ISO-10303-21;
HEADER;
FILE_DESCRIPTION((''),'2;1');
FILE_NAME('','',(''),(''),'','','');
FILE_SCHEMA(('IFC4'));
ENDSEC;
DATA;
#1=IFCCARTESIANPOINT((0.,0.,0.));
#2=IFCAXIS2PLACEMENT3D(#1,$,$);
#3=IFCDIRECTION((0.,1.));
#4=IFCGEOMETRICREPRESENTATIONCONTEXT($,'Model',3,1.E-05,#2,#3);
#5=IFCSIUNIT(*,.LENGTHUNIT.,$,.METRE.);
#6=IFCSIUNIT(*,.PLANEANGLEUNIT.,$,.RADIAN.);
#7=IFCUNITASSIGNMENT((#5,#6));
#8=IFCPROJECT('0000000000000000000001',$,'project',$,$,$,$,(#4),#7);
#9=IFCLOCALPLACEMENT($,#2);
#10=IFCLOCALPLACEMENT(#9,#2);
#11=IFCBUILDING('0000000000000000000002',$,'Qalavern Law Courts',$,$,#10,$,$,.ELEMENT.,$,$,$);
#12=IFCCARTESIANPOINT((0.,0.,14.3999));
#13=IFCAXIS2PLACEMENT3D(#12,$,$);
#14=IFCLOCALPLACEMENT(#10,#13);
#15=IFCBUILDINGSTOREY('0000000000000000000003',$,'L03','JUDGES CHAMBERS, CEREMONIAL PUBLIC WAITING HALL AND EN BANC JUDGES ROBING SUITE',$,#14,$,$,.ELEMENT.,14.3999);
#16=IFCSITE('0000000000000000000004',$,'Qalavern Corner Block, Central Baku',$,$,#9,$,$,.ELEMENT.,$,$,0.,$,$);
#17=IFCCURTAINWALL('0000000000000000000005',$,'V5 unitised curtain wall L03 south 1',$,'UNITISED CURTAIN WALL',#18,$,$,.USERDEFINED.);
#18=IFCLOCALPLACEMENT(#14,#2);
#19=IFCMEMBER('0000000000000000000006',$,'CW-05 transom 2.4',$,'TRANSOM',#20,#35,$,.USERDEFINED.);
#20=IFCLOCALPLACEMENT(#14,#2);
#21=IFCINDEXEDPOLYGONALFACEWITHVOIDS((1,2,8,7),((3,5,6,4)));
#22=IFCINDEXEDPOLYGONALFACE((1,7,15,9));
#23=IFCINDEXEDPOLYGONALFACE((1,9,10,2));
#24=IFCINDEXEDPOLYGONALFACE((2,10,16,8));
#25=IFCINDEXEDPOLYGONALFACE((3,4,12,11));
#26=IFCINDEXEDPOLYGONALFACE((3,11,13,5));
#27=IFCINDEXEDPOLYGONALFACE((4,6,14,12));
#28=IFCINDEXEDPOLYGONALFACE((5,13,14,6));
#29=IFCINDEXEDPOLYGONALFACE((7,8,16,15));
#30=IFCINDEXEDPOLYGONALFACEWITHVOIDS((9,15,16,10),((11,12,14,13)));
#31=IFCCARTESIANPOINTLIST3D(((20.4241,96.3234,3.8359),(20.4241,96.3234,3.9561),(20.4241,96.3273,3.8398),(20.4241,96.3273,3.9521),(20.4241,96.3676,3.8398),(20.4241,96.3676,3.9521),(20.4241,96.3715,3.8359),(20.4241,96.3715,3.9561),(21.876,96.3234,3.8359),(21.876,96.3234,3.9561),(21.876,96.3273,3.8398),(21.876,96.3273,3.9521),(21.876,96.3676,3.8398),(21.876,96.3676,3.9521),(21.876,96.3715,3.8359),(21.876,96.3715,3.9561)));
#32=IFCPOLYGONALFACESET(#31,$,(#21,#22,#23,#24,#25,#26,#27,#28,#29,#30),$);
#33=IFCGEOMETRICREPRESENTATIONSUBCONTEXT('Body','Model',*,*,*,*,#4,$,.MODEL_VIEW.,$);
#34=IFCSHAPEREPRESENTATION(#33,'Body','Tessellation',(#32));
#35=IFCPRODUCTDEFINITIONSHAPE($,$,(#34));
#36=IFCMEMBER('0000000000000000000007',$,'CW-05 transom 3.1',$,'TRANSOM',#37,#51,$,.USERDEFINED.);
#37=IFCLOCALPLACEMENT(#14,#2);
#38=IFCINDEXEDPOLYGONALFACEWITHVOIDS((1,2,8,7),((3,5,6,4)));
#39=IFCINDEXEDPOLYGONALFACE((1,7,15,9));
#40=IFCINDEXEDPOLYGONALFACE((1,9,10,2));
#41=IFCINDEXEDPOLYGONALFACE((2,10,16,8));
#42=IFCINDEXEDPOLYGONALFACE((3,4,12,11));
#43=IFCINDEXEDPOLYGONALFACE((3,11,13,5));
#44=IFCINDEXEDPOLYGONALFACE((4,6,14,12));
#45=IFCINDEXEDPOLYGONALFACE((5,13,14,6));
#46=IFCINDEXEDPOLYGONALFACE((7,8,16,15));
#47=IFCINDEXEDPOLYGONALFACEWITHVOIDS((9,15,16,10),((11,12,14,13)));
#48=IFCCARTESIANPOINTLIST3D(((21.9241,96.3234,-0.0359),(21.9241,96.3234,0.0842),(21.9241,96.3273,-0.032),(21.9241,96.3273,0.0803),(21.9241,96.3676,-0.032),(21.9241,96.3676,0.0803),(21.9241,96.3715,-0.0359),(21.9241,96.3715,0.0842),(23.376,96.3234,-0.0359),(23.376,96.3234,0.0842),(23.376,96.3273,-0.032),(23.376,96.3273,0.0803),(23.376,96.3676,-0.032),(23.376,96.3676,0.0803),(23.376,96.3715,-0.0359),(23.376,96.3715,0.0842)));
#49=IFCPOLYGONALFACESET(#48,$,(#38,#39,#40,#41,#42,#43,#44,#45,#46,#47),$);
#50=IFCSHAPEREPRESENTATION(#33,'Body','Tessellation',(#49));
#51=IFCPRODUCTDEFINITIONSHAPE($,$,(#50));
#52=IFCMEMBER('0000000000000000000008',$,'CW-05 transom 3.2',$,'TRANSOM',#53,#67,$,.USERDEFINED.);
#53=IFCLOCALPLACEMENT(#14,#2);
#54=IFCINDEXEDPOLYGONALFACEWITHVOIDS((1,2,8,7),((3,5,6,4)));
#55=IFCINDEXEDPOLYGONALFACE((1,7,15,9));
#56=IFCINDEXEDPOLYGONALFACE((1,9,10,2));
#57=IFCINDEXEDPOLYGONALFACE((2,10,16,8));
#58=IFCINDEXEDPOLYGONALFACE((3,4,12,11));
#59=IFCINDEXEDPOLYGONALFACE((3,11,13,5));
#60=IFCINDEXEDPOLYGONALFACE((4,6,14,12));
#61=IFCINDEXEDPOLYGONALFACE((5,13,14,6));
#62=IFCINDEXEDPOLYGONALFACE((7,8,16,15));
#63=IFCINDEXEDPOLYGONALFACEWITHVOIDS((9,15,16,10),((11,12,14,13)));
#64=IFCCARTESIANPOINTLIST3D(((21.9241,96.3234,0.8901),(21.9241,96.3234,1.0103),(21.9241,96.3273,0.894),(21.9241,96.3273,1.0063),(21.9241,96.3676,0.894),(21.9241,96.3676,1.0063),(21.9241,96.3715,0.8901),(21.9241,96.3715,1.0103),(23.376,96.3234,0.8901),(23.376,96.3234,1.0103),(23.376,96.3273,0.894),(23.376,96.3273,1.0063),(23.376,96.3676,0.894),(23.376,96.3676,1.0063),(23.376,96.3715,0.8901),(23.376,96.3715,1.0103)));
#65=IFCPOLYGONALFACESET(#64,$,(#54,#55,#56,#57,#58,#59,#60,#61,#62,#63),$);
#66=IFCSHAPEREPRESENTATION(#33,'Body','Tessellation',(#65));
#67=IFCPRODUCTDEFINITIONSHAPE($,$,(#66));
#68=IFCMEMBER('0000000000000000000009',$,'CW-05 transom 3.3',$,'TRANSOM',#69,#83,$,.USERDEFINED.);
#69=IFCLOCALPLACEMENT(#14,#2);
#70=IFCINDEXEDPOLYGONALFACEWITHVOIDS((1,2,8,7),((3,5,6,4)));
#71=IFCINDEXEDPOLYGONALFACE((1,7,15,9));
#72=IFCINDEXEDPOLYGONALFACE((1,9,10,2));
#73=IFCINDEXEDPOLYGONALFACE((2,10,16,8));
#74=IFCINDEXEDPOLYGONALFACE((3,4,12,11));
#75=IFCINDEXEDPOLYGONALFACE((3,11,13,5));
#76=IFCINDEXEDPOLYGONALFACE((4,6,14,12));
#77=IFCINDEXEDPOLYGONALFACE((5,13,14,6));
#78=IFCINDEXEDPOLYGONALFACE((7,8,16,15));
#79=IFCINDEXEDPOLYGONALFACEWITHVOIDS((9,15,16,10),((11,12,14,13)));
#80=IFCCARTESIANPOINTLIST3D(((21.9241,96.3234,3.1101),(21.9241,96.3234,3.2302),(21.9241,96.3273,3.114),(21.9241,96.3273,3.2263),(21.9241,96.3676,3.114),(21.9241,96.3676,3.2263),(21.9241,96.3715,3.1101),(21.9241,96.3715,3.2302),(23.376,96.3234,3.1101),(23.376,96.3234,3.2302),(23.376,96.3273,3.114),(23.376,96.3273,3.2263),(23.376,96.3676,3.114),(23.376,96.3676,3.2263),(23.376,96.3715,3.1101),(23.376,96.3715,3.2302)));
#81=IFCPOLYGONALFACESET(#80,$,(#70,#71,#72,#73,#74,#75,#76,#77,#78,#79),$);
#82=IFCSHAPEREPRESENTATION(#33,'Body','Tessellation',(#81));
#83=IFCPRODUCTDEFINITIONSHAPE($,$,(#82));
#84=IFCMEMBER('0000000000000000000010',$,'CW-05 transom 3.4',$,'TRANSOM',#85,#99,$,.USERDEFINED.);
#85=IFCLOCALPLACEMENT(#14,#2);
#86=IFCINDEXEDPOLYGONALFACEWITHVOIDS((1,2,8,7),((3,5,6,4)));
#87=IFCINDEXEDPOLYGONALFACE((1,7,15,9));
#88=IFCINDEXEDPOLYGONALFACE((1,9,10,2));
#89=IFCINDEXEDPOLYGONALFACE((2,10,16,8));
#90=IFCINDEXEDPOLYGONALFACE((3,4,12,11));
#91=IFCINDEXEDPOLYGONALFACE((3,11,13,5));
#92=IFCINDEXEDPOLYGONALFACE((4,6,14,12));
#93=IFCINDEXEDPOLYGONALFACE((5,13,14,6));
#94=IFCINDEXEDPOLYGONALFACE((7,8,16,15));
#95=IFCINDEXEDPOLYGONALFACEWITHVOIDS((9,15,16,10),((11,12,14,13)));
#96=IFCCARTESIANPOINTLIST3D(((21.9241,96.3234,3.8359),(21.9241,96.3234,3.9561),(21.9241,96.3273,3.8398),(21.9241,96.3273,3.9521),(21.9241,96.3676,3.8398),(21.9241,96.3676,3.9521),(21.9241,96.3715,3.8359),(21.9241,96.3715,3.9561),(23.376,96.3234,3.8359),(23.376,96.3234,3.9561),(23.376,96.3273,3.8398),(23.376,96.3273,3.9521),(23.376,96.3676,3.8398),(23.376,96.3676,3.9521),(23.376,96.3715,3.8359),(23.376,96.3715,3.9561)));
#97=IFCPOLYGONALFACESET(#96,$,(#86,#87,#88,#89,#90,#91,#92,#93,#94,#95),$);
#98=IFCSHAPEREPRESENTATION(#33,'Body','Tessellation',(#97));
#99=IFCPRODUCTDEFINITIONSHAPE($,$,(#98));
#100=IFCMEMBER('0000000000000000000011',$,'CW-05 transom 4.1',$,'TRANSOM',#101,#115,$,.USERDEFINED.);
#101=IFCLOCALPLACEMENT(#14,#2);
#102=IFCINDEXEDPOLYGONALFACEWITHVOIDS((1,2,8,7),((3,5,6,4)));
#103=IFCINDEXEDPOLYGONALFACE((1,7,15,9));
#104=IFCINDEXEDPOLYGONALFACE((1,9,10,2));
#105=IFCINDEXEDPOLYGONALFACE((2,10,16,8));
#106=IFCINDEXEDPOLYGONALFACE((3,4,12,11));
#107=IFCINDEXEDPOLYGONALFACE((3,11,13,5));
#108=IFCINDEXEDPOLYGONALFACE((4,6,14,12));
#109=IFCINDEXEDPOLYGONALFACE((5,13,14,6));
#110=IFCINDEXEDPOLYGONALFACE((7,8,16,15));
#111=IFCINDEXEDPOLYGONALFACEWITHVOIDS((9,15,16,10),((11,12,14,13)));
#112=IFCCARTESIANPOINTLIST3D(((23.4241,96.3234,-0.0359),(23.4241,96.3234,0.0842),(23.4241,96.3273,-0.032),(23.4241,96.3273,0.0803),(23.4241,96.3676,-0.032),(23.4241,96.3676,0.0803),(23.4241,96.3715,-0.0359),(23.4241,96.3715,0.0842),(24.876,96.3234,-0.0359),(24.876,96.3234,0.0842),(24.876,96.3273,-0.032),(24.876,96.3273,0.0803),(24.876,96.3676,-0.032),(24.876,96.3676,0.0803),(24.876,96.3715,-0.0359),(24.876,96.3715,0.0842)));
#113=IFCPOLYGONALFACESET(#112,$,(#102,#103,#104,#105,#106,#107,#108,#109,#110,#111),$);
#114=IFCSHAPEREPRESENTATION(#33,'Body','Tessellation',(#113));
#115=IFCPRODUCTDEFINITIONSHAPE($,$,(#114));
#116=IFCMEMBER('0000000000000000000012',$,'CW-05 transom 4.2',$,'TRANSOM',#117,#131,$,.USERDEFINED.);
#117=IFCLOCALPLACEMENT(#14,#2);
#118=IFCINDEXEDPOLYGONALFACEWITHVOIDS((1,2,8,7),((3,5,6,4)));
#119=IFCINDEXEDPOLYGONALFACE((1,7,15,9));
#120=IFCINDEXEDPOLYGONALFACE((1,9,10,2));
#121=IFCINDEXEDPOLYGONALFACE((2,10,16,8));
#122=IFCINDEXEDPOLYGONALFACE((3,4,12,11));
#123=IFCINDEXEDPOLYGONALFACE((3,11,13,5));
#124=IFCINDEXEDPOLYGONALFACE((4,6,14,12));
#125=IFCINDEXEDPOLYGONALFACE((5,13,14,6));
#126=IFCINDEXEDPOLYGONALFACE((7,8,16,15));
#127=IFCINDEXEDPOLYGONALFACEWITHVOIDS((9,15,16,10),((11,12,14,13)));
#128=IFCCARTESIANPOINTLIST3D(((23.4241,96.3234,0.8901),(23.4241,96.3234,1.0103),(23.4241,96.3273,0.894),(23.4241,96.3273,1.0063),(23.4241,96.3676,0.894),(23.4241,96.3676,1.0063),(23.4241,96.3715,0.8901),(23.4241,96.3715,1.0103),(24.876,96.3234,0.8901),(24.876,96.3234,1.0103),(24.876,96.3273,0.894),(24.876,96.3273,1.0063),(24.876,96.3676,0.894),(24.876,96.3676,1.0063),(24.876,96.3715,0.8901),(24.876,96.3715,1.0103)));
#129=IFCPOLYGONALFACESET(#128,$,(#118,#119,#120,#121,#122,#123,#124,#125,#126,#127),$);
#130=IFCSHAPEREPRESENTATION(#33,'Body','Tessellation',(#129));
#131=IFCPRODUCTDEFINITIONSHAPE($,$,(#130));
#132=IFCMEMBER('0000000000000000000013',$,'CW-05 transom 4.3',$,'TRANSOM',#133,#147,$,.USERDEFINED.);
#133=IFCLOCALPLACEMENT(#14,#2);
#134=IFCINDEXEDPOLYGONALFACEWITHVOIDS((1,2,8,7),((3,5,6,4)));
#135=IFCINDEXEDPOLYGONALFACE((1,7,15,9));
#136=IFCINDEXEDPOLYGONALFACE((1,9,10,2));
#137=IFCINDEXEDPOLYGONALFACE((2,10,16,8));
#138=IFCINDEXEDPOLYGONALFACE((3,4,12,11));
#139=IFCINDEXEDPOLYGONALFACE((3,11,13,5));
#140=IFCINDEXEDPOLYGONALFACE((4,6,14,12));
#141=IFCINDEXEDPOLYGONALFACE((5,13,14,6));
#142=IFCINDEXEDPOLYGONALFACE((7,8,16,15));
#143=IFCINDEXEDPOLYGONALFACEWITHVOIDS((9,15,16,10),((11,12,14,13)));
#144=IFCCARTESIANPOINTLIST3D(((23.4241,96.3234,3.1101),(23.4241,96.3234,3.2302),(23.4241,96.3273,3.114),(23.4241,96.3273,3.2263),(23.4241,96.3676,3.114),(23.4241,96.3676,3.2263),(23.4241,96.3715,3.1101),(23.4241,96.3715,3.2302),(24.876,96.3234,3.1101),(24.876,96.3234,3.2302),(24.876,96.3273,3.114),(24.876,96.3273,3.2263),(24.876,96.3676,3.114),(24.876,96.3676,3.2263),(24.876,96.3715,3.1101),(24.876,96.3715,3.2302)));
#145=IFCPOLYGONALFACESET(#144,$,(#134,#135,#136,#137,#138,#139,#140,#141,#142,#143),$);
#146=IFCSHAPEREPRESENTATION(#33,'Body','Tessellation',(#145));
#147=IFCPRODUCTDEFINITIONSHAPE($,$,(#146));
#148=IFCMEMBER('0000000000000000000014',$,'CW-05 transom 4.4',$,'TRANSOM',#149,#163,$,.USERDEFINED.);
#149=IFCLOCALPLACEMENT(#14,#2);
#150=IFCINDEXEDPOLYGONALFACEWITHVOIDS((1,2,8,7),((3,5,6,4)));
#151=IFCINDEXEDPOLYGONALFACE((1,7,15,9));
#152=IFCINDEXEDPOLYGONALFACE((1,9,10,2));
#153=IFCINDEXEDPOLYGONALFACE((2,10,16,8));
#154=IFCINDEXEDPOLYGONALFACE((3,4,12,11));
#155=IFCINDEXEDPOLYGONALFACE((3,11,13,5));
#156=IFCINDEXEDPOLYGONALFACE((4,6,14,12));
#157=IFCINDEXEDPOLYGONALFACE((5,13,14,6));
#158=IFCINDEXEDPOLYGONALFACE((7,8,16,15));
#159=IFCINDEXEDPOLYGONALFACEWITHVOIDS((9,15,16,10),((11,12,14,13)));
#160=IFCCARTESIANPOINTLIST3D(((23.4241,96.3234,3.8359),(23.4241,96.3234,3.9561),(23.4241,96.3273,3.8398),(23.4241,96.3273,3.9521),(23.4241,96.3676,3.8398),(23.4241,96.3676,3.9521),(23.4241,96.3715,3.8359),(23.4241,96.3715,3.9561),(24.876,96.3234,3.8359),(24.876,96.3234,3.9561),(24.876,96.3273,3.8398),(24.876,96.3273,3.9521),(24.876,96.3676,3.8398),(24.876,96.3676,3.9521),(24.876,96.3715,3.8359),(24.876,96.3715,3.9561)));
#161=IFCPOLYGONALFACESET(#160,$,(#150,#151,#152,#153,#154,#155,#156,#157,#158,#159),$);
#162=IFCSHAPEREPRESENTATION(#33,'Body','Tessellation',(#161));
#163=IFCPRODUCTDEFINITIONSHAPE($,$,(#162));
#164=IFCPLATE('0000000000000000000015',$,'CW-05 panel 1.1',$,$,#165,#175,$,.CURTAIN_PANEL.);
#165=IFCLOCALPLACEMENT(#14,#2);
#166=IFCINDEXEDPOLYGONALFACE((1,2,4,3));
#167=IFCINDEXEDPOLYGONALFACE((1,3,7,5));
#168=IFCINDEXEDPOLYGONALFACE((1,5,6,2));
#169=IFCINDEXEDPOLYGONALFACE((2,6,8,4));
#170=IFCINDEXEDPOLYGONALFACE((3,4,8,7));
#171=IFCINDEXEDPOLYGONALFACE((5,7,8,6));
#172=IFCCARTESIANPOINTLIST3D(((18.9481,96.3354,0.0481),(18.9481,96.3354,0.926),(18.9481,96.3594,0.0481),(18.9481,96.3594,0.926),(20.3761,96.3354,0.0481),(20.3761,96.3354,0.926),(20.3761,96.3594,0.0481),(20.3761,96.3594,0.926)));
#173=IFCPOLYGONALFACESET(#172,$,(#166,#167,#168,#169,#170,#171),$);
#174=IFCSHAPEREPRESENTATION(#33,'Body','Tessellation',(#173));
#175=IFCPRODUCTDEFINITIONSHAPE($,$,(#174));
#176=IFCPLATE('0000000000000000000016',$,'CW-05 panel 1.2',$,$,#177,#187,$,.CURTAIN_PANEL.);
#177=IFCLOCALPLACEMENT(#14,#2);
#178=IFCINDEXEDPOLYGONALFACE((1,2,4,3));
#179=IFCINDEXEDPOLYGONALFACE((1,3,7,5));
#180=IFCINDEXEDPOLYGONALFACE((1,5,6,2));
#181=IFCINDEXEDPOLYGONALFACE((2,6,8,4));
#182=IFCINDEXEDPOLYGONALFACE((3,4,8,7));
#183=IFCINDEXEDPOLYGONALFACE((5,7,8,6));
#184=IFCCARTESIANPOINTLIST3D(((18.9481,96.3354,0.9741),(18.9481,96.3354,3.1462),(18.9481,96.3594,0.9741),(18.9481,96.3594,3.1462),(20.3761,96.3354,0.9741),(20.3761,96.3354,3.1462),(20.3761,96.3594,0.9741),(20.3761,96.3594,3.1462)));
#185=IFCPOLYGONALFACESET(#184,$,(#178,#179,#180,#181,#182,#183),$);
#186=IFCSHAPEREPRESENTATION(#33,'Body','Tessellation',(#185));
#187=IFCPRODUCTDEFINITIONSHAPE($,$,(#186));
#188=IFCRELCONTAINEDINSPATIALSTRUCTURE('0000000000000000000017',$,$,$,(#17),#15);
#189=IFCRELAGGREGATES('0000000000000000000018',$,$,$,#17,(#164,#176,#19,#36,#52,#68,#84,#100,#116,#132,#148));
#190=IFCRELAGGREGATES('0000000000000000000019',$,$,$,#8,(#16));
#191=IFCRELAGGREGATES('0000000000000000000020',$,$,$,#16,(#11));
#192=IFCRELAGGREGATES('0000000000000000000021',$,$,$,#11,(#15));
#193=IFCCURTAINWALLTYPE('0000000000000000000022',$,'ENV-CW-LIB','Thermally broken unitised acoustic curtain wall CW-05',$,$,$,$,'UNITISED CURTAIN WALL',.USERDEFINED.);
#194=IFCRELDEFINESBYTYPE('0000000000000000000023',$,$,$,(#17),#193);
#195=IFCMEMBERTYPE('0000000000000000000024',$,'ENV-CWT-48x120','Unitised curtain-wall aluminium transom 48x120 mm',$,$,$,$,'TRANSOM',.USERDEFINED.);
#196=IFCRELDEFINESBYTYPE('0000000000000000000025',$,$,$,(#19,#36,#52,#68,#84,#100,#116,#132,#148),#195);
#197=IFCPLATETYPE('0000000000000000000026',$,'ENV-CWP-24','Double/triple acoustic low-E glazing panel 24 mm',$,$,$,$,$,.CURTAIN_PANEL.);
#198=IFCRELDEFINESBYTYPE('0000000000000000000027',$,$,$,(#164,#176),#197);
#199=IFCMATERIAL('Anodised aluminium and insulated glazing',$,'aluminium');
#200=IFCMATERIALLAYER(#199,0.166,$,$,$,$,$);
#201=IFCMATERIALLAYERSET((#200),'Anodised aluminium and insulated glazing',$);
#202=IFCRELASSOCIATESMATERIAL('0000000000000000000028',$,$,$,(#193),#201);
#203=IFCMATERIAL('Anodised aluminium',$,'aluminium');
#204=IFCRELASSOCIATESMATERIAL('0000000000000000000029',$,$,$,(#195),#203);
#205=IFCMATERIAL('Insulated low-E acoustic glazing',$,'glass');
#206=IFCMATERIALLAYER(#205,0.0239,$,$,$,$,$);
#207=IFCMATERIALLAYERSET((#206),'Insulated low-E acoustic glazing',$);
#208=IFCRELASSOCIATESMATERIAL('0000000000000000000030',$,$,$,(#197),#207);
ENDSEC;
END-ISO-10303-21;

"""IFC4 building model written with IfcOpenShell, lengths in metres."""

from ifc_helpers import new_model, si_unit, direction, frame, origin, origin_2d, place, context, subcontext, project, spatial, rectangle, hollow_rectangle, extrude, material, layer, layer_set, material_profile, profile_set, type_object, element, aggregate, save


model = new_model("IFC4")

# Units and contexts
model_context = context("Model", 3, precision=1e-05, world=origin(), true_north=direction((0.0, 1.0)))
body_context = subcontext(model_context, "Body", "Model", "MODEL_VIEW")
ifc_project = project(units=[si_unit("LENGTHUNIT", "METRE"), si_unit("PLANEANGLEUNIT", "RADIAN")], contexts=[model_context])

# Site, building, storey
site_placement = place(None, origin())
site = spatial("IfcSite", under=ifc_project, at=site_placement, Name="Qalavern Corner Block, Central Baku", CompositionType="ELEMENT", RefElevation=0.0)
building_placement = place(site_placement, origin())
building = spatial("IfcBuilding", under=site, at=building_placement, Name="Qalavern Law Courts", CompositionType="ELEMENT")
storey_placement = place(building_placement, frame((0.0, 0.0, 14.3999)))
storey = spatial("IfcBuildingStorey", under=building, at=storey_placement, Name="L03", Description="JUDGES CHAMBERS, CEREMONIAL PUBLIC WAITING HALL AND EN BANC JUDGES ROBING SUITE", CompositionType="ELEMENT", Elevation=14.3999)

# Curtain wall, members, plates
ifc_material_1 = material(Name="Anodised aluminium and insulated glazing", Category="aluminium")
ifc_layer_1 = layer(ifc_material_1, 0.166)
ifc_layer_set_1 = layer_set([ifc_layer_1], Name="Anodised aluminium and insulated glazing")
curtain_wall_type = type_object("IfcCurtainWallType", Name="ENV-CW-LIB", Description="Thermally broken unitised acoustic curtain wall CW-05", ElementType="UNITISED CURTAIN WALL", PredefinedType="USERDEFINED", material=ifc_layer_set_1)
curtain_wall_placement = place(storey_placement, origin())
curtain_wall = element("IfcCurtainWall", 1, at=curtain_wall_placement, inside=storey, type_object=curtain_wall_type, Name="V5 unitised curtain wall L03 south 1", ObjectType="UNITISED CURTAIN WALL", PredefinedType="USERDEFINED")
ifc_material_2 = material(Name="Anodised aluminium", Category="aluminium")
ifc_material_profile_1 = material_profile(ifc_material_2, hollow_rectangle(XDim=0.0481, YDim=0.1201, WallThickness=0.0039, at=origin_2d()), Name="ALU TRANSOM 48x120")
ifc_profile_set_1 = profile_set([ifc_material_profile_1], Name="Anodised aluminium")
member_type_1 = type_object("IfcMemberType", Name="ENV-CWT-48x120", Description="Unitised curtain-wall aluminium transom 48x120 mm", ElementType="TRANSOM", PredefinedType="USERDEFINED", material=ifc_profile_set_1)
member_1_placement = place(storey_placement, frame((20.4241, 96.3474, 3.896), z_axis=(1.0, 0.0, 0.0), x_axis=(0.0, 1.0, 0.0)))
member_1 = element("IfcMember", 2, at=member_1_placement, type_object=member_type_1, Name="CW-05 transom 2.4", ObjectType="TRANSOM", PredefinedType="USERDEFINED", context=body_context, shape_type="SweptSolid", body=[
    extrude(hollow_rectangle(XDim=0.0481, YDim=0.1201, WallThickness=0.0039, at=origin_2d()), origin(), (0.0, 0.0, 1.0), 1.4519),
])
member_2_placement = place(storey_placement, frame((21.9241, 96.3474, 0.0242), z_axis=(1.0, 0.0, 0.0), x_axis=(0.0, 1.0, 0.0)))
member_2 = element("IfcMember", 3, at=member_2_placement, type_object=member_type_1, Name="CW-05 transom 3.1", ObjectType="TRANSOM", PredefinedType="USERDEFINED", context=body_context, shape_type="SweptSolid", body=[
    extrude(hollow_rectangle(XDim=0.0481, YDim=0.1201, WallThickness=0.0039, at=origin_2d()), origin(), (0.0, 0.0, 1.0), 1.4519),
])
member_3_placement = place(storey_placement, frame((21.9241, 96.3474, 0.9502), z_axis=(1.0, 0.0, 0.0), x_axis=(0.0, 1.0, 0.0)))
member_3 = element("IfcMember", 4, at=member_3_placement, type_object=member_type_1, Name="CW-05 transom 3.2", ObjectType="TRANSOM", PredefinedType="USERDEFINED", context=body_context, shape_type="SweptSolid", body=[
    extrude(hollow_rectangle(XDim=0.0481, YDim=0.1201, WallThickness=0.0039, at=origin_2d()), origin(), (0.0, 0.0, 1.0), 1.4519),
])
member_4_placement = place(storey_placement, frame((21.9241, 96.3474, 3.1702), z_axis=(1.0, 0.0, 0.0), x_axis=(0.0, 1.0, 0.0)))
member_4 = element("IfcMember", 5, at=member_4_placement, type_object=member_type_1, Name="CW-05 transom 3.3", ObjectType="TRANSOM", PredefinedType="USERDEFINED", context=body_context, shape_type="SweptSolid", body=[
    extrude(hollow_rectangle(XDim=0.0481, YDim=0.1201, WallThickness=0.0039, at=origin_2d()), origin(), (0.0, 0.0, 1.0), 1.4519),
])
member_5_placement = place(storey_placement, frame((21.9241, 96.3474, 3.896), z_axis=(1.0, 0.0, 0.0), x_axis=(0.0, 1.0, 0.0)))
member_5 = element("IfcMember", 6, at=member_5_placement, type_object=member_type_1, Name="CW-05 transom 3.4", ObjectType="TRANSOM", PredefinedType="USERDEFINED", context=body_context, shape_type="SweptSolid", body=[
    extrude(hollow_rectangle(XDim=0.0481, YDim=0.1201, WallThickness=0.0039, at=origin_2d()), origin(), (0.0, 0.0, 1.0), 1.4519),
])
member_6_placement = place(storey_placement, frame((23.4241, 96.3474, 0.0242), z_axis=(1.0, 0.0, 0.0), x_axis=(0.0, 1.0, 0.0)))
member_6 = element("IfcMember", 7, at=member_6_placement, type_object=member_type_1, Name="CW-05 transom 4.1", ObjectType="TRANSOM", PredefinedType="USERDEFINED", context=body_context, shape_type="SweptSolid", body=[
    extrude(hollow_rectangle(XDim=0.0481, YDim=0.1201, WallThickness=0.0039, at=origin_2d()), origin(), (0.0, 0.0, 1.0), 1.4519),
])
member_7_placement = place(storey_placement, frame((23.4241, 96.3474, 0.9502), z_axis=(1.0, 0.0, 0.0), x_axis=(0.0, 1.0, 0.0)))
member_7 = element("IfcMember", 8, at=member_7_placement, type_object=member_type_1, Name="CW-05 transom 4.2", ObjectType="TRANSOM", PredefinedType="USERDEFINED", context=body_context, shape_type="SweptSolid", body=[
    extrude(hollow_rectangle(XDim=0.0481, YDim=0.1201, WallThickness=0.0039, at=origin_2d()), origin(), (0.0, 0.0, 1.0), 1.4519),
])
member_8_placement = place(storey_placement, frame((23.4241, 96.3474, 3.1702), z_axis=(1.0, 0.0, 0.0), x_axis=(0.0, 1.0, 0.0)))
member_8 = element("IfcMember", 9, at=member_8_placement, type_object=member_type_1, Name="CW-05 transom 4.3", ObjectType="TRANSOM", PredefinedType="USERDEFINED", context=body_context, shape_type="SweptSolid", body=[
    extrude(hollow_rectangle(XDim=0.0481, YDim=0.1201, WallThickness=0.0039, at=origin_2d()), origin(), (0.0, 0.0, 1.0), 1.4519),
])
member_9_placement = place(storey_placement, frame((23.4241, 96.3474, 3.896), z_axis=(1.0, 0.0, 0.0), x_axis=(0.0, 1.0, 0.0)))
member_9 = element("IfcMember", 10, at=member_9_placement, type_object=member_type_1, Name="CW-05 transom 4.4", ObjectType="TRANSOM", PredefinedType="USERDEFINED", context=body_context, shape_type="SweptSolid", body=[
    extrude(hollow_rectangle(XDim=0.0481, YDim=0.1201, WallThickness=0.0039, at=origin_2d()), origin(), (0.0, 0.0, 1.0), 1.4519),
])
ifc_material_3 = material(Name="Insulated low-E acoustic glazing", Category="glass")
ifc_layer_2 = layer(ifc_material_3, 0.0239)
ifc_layer_set_2 = layer_set([ifc_layer_2], Name="Insulated low-E acoustic glazing")
plate_type = type_object("IfcPlateType", Name="ENV-CWP-24", Description="Double/triple acoustic low-E glazing panel 24 mm", PredefinedType="CURTAIN_PANEL", material=ifc_layer_set_2)
plate_1_placement = place(storey_placement, frame((19.6621, 96.3474, 0.0481), z_axis=(0.0, 0.0, 1.0), x_axis=(1.0, 0.0, 0.0)))
plate_1 = element("IfcPlate", 11, at=plate_1_placement, type_object=plate_type, Name="CW-05 panel 1.1", PredefinedType="CURTAIN_PANEL", context=body_context, shape_type="SweptSolid", body=[
    extrude(rectangle(XDim=1.428, YDim=0.0239, at=origin_2d()), origin(), (0.0, 0.0, 1.0), 0.8779),
])
plate_2_placement = place(storey_placement, frame((19.6621, 96.3474, 0.9741), z_axis=(0.0, 0.0, 1.0), x_axis=(1.0, 0.0, 0.0)))
plate_2 = element("IfcPlate", 12, at=plate_2_placement, type_object=plate_type, Name="CW-05 panel 1.2", PredefinedType="CURTAIN_PANEL", context=body_context, shape_type="SweptSolid", body=[
    extrude(rectangle(XDim=1.428, YDim=0.0239, at=origin_2d()), origin(), (0.0, 0.0, 1.0), 2.1721),
])
aggregate(curtain_wall, [plate_1, plate_2, member_1, member_2, member_3, member_4, member_5, member_6, member_7, member_8, member_9])

save(model, "model.ifc")
